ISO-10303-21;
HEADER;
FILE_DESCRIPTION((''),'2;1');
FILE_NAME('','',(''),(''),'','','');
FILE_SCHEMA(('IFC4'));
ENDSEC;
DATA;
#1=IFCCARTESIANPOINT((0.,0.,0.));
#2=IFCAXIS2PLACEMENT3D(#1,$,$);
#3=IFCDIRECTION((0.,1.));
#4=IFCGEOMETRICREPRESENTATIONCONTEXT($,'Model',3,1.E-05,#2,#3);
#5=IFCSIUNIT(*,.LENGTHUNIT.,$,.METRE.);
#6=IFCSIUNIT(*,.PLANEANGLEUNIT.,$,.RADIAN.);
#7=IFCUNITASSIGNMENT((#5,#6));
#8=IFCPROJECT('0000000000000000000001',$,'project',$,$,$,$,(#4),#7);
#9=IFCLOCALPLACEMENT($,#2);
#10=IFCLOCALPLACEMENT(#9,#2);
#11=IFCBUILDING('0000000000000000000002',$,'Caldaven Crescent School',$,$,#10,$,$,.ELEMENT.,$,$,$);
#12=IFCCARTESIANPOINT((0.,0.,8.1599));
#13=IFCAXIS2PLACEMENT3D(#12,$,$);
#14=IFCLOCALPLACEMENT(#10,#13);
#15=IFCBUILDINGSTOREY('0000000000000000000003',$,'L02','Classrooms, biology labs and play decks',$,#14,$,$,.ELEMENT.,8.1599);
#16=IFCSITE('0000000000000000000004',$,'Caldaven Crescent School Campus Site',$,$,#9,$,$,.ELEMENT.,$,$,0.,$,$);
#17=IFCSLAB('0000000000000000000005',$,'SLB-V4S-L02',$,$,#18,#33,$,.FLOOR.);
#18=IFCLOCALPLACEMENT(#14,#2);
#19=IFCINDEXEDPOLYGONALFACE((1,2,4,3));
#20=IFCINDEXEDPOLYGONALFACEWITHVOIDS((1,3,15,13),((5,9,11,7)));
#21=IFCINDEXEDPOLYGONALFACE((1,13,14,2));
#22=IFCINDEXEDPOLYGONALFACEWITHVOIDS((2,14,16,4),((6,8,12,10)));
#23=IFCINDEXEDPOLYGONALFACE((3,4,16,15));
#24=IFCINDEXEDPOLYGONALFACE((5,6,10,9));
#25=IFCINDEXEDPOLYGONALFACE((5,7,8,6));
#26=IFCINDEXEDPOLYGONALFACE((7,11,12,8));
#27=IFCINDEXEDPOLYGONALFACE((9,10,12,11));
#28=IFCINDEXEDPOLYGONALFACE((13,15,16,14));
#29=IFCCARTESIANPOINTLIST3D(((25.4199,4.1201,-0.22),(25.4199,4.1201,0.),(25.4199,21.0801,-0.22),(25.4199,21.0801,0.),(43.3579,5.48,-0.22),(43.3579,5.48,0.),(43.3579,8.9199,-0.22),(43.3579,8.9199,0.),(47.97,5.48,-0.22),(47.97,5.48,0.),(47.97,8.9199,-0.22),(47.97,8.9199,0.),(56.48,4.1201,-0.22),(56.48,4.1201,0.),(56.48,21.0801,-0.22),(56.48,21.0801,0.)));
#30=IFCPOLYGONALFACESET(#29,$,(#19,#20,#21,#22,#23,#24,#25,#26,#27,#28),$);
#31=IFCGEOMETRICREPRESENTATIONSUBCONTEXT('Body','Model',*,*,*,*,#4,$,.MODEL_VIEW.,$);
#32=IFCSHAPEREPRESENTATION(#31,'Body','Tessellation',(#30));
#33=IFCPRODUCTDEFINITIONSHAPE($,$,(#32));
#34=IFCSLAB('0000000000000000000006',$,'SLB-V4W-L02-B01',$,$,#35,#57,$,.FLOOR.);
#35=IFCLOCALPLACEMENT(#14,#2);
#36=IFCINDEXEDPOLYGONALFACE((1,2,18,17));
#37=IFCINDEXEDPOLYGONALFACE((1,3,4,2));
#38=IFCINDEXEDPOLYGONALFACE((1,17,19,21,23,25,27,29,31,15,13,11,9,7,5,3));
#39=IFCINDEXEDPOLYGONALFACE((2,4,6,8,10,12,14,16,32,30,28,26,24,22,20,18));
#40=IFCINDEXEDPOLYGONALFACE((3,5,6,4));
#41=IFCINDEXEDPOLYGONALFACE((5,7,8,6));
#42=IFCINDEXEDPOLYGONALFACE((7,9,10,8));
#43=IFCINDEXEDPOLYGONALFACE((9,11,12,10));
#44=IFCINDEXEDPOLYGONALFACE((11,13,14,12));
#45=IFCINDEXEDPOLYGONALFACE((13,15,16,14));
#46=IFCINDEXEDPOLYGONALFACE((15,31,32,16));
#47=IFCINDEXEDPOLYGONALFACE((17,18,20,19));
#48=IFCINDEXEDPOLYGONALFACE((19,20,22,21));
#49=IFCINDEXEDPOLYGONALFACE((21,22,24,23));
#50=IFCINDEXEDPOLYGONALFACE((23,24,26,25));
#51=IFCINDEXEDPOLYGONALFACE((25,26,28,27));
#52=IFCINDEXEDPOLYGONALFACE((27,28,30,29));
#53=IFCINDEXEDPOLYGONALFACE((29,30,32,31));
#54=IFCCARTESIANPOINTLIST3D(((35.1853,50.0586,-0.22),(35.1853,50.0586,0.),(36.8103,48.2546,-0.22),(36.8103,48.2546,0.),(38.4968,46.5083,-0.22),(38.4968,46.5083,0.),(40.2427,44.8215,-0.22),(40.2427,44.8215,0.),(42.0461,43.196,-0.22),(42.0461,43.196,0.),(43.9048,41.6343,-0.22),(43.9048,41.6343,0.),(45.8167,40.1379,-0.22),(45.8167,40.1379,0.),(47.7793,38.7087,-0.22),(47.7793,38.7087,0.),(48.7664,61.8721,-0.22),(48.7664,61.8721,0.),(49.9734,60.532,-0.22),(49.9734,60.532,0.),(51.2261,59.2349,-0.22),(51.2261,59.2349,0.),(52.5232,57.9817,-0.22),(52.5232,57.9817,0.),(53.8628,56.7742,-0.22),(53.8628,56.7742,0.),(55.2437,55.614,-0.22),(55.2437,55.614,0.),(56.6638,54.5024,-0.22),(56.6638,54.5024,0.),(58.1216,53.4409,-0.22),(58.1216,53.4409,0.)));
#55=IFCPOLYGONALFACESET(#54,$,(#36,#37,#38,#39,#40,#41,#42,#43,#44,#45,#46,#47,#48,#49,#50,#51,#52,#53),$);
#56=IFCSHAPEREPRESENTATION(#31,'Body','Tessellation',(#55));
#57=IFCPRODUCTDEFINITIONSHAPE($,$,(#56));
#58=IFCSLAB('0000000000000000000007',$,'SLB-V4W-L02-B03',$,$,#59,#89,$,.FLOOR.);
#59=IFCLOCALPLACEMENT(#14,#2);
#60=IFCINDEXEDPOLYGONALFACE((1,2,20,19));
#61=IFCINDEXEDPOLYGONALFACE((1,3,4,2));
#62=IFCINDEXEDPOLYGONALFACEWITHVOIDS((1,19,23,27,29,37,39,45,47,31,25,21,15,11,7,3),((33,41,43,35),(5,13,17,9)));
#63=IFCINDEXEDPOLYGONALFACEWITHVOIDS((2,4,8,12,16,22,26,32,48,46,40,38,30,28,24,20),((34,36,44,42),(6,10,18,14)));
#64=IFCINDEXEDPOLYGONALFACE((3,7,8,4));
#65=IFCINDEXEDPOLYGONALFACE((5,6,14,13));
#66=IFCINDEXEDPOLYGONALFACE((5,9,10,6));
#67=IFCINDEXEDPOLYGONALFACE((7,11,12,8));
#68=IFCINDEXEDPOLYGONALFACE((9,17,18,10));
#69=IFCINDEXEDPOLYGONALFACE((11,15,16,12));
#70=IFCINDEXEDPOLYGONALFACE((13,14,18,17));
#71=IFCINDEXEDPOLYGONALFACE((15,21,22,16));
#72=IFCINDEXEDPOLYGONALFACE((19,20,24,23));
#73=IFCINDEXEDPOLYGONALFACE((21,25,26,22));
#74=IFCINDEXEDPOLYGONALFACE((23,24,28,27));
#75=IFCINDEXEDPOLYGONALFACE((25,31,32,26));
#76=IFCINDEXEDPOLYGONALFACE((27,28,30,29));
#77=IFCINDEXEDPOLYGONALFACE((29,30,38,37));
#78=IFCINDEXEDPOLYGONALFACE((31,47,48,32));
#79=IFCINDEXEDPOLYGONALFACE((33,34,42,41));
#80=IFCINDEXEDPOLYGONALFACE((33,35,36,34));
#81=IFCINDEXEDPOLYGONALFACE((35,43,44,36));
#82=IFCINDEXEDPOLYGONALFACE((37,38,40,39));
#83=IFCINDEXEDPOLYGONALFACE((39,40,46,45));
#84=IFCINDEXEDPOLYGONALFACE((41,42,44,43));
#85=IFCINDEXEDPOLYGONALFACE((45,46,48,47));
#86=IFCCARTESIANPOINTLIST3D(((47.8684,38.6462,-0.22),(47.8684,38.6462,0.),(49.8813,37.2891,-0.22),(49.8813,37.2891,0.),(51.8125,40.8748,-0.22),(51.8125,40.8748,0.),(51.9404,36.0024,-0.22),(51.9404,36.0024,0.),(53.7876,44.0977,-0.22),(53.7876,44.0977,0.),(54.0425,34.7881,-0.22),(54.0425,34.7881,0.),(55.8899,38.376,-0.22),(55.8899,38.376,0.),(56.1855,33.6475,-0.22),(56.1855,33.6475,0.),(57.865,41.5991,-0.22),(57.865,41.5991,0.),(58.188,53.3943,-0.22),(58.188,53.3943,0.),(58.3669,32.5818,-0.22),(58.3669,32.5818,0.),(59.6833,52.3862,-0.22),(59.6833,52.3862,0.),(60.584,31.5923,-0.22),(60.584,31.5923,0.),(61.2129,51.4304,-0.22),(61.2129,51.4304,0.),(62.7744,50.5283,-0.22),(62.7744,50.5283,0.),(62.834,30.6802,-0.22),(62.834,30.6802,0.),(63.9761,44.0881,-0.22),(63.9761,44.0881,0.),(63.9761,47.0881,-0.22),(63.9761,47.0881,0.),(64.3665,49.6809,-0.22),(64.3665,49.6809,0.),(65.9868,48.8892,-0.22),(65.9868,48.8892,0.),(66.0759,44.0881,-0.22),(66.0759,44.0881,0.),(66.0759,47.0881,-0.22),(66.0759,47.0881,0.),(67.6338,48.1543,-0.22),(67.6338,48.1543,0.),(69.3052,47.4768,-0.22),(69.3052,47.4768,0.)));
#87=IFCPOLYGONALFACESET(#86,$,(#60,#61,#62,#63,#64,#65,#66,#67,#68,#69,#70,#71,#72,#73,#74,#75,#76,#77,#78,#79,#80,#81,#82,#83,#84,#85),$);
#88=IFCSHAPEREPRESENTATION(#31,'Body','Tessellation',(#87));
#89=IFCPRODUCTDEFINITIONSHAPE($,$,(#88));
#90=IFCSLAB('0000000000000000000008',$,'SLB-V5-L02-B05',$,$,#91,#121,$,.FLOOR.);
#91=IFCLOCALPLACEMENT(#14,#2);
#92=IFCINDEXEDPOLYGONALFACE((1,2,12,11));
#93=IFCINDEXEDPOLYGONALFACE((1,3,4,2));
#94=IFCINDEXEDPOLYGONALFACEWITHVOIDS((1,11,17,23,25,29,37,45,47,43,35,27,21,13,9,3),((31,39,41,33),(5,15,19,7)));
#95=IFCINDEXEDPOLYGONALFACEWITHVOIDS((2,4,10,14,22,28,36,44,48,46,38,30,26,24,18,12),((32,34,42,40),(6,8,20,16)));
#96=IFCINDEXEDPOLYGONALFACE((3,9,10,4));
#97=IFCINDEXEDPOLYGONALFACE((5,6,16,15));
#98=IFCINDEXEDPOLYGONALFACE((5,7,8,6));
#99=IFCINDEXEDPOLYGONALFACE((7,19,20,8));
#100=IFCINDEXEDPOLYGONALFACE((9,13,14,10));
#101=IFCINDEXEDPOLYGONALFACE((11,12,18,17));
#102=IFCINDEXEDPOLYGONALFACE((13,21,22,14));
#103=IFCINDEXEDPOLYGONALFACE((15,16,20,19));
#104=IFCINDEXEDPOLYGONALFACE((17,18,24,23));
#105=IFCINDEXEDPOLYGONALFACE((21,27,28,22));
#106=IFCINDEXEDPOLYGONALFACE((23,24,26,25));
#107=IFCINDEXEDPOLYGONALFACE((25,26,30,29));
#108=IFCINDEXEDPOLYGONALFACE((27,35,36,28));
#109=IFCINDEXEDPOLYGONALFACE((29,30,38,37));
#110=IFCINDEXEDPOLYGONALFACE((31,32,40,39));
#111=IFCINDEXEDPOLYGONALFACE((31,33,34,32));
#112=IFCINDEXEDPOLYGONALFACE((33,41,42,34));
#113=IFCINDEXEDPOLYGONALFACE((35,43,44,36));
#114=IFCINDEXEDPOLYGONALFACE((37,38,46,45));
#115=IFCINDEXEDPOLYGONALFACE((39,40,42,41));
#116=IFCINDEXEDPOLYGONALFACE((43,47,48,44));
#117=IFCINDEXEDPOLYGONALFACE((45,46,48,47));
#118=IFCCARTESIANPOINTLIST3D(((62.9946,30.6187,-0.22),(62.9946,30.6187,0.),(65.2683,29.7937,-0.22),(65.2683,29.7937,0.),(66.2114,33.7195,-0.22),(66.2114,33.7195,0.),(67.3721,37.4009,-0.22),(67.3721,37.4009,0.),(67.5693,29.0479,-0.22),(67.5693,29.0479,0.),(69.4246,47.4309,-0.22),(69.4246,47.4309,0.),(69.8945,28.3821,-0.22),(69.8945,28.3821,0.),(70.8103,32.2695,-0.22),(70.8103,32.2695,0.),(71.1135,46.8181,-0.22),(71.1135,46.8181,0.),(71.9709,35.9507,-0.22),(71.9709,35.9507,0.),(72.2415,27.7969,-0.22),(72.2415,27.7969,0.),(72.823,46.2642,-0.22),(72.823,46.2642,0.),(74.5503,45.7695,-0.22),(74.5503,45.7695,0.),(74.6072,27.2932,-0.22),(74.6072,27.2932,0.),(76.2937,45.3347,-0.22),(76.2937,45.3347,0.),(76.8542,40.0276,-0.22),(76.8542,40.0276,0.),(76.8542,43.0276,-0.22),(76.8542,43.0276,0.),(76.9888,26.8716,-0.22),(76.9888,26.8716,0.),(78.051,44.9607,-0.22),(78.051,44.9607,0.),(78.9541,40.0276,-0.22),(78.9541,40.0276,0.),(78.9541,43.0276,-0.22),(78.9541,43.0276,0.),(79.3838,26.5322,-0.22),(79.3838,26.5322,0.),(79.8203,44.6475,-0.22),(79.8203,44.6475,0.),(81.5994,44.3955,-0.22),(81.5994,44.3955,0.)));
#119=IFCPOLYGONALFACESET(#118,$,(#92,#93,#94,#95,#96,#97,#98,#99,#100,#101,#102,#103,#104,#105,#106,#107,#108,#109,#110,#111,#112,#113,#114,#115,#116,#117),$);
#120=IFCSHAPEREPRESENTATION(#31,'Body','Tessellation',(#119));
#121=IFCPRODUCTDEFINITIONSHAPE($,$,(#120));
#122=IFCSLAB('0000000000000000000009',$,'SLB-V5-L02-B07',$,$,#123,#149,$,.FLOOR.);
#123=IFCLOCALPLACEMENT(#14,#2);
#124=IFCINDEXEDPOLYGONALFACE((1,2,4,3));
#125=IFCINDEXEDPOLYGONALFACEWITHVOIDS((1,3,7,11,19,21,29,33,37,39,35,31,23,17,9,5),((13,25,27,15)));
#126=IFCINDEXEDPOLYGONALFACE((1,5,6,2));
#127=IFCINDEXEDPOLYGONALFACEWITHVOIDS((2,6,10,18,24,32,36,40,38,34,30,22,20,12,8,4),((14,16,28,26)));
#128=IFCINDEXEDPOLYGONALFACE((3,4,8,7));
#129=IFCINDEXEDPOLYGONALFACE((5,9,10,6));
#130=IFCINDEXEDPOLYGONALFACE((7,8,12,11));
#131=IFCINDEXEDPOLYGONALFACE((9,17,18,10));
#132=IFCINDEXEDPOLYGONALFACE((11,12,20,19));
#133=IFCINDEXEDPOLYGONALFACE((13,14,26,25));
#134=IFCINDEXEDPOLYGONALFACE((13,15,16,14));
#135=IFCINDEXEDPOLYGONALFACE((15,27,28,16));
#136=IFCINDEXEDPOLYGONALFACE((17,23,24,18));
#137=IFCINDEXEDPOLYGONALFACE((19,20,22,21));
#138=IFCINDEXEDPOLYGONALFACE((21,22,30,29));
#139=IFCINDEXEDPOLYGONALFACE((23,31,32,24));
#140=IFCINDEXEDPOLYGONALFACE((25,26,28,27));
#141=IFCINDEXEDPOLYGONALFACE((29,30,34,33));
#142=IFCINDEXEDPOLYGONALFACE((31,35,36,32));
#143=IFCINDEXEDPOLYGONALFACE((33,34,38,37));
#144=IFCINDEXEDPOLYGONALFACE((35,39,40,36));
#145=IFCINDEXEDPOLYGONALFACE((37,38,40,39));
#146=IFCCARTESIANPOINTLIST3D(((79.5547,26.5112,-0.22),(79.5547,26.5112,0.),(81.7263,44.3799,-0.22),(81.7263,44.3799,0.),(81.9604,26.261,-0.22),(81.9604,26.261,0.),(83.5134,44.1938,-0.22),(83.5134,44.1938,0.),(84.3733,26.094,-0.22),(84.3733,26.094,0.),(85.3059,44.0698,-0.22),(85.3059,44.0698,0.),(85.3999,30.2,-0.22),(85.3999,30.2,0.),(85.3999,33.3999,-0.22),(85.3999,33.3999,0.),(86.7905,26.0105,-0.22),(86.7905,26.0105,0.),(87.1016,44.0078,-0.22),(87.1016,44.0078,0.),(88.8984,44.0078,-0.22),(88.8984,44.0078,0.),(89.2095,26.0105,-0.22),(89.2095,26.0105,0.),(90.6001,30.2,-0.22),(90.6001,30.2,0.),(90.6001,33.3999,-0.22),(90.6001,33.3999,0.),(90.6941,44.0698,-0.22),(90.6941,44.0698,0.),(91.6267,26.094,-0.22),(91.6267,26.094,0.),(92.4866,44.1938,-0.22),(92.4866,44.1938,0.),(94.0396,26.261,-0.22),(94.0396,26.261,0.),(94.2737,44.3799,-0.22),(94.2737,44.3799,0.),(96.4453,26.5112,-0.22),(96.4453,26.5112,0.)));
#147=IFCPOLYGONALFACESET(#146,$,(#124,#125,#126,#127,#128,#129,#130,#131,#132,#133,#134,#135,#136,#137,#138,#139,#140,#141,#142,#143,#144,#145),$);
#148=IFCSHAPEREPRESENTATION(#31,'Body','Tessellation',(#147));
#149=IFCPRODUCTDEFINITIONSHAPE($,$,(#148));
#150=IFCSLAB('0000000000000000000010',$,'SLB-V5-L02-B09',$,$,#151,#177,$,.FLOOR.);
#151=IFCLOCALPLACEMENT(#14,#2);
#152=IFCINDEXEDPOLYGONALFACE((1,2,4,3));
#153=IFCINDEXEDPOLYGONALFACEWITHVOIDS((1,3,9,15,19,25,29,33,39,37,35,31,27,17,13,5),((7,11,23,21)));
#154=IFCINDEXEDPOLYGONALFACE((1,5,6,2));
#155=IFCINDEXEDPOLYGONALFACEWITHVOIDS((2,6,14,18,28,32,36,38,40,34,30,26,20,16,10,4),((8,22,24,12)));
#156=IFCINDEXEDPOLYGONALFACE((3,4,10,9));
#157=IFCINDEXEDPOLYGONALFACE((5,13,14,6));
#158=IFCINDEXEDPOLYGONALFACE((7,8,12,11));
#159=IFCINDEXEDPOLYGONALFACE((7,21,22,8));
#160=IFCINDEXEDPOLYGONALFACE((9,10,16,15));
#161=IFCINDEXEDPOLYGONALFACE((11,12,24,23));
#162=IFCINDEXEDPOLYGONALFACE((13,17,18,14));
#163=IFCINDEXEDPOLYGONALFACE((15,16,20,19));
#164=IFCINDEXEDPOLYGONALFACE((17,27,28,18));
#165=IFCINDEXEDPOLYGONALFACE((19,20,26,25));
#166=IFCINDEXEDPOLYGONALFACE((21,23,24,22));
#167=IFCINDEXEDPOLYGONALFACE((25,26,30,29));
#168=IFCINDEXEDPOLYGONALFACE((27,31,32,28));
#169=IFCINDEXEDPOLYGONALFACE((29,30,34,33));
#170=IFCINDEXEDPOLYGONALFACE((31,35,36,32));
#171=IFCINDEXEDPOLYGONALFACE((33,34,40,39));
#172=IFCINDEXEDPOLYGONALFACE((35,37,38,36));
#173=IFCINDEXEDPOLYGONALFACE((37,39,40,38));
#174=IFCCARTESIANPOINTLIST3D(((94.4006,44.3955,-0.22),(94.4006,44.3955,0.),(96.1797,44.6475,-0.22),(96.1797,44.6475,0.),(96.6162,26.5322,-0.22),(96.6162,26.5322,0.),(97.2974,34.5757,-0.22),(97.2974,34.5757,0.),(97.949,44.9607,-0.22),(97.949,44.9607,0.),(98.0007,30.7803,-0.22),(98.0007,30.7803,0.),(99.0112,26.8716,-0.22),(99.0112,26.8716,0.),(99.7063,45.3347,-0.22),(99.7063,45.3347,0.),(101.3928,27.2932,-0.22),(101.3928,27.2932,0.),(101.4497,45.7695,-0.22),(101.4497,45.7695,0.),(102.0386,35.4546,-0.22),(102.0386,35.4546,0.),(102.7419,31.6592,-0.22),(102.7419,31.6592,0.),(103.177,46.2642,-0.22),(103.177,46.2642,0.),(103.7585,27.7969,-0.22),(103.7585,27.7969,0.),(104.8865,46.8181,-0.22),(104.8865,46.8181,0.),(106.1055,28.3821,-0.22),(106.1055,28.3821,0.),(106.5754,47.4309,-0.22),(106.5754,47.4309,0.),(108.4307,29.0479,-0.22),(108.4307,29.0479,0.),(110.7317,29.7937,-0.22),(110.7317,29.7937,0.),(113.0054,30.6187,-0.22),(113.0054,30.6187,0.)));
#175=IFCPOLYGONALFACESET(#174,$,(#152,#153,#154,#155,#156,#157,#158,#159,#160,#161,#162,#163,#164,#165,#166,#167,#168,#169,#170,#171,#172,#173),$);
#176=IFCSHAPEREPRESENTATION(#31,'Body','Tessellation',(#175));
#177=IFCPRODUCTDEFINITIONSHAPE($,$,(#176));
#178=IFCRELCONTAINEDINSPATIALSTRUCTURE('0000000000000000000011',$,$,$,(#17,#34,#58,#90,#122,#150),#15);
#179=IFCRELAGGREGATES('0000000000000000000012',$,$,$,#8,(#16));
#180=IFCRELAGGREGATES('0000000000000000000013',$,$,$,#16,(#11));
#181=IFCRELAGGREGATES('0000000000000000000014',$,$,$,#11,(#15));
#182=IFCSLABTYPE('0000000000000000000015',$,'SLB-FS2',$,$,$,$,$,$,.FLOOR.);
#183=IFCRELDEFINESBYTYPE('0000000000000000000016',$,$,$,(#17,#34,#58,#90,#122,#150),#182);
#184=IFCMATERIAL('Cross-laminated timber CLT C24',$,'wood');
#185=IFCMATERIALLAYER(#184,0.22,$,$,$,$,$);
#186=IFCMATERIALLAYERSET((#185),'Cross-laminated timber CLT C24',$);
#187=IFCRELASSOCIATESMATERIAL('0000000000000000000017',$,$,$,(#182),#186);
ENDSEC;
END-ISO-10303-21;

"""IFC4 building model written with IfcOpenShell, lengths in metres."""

from ifc_helpers import new_model, si_unit, direction, frame, origin, place, context, subcontext, project, spatial, polyline, outline, extrude, material, layer, layer_set, type_object, element, save


model = new_model("IFC4")

# Units and contexts
model_context = context("Model", 3, precision=1e-05, world=origin(), true_north=direction((0.0, 1.0)))
body_context = subcontext(model_context, "Body", "Model", "MODEL_VIEW")
ifc_project = project(units=[si_unit("LENGTHUNIT", "METRE"), si_unit("PLANEANGLEUNIT", "RADIAN")], contexts=[model_context])

# Site, building, storey
site_placement = place(None, origin())
site = spatial("IfcSite", under=ifc_project, at=site_placement, Name="Caldaven Crescent School Campus Site", CompositionType="ELEMENT", RefElevation=0.0)
building_placement = place(site_placement, origin())
building = spatial("IfcBuilding", under=site, at=building_placement, Name="Caldaven Crescent School", CompositionType="ELEMENT")
storey_placement = place(building_placement, frame((0.0, 0.0, 8.1599)))
storey = spatial("IfcBuildingStorey", under=building, at=storey_placement, Name="L02", Description="Classrooms, biology labs and play decks", CompositionType="ELEMENT", Elevation=8.1599)

# Slabs
ifc_material_1 = material(Name="Cross-laminated timber CLT C24", Category="wood")
ifc_layer_1 = layer(ifc_material_1, 0.22)
ifc_layer_set_1 = layer_set([ifc_layer_1], Name="Cross-laminated timber CLT C24")
slab_type_1 = type_object("IfcSlabType", Name="SLB-FS2", PredefinedType="FLOOR", material=ifc_layer_set_1)
slab_1_placement = place(storey_placement, frame((0.0, 0.0, -0.22)))
element("IfcSlab", 1, at=slab_1_placement, inside=storey, type_object=slab_type_1, Name="SLB-V4S-L02", PredefinedType="FLOOR", context=body_context, shape_type="SweptSolid", body=[
    extrude(outline(polyline([(25.4199, 4.1201), (56.48, 4.1201), (56.48, 21.0801), (25.4199, 21.0801), (25.4199, 4.1201)]), holes=[polyline([(43.3579, 5.48), (43.3579, 8.9199), (47.97, 8.9199), (47.97, 5.48), (43.3579, 5.48)])]), origin(), (0.0, 0.0, 1.0), 0.22),
])
slab_2_placement = place(storey_placement, frame((0.0, 0.0, -0.22)))
element("IfcSlab", 2, at=slab_2_placement, inside=storey, type_object=slab_type_1, Name="SLB-V4W-L02-B01", PredefinedType="FLOOR", context=body_context, shape_type="SweptSolid", body=[
    extrude(outline(polyline([(35.1853, 50.0586), (36.8103, 48.2546), (38.4968, 46.5083), (40.2427, 44.8215), (42.0461, 43.196), (43.9048, 41.6343), (45.8167, 40.1379), (47.7793, 38.7087), (58.1216, 53.4409), (56.6638, 54.5024), (55.2437, 55.614), (53.8628, 56.7742), (52.5232, 57.9817), (51.2261, 59.2349), (49.9734, 60.532), (48.7664, 61.8721), (35.1853, 50.0586)])), origin(), (0.0, 0.0, 1.0), 0.22),
])
slab_3_placement = place(storey_placement, frame((0.0, 0.0, -0.22)))
element("IfcSlab", 3, at=slab_3_placement, inside=storey, type_object=slab_type_1, Name="SLB-V4W-L02-B03", PredefinedType="FLOOR", context=body_context, shape_type="SweptSolid", body=[
    extrude(outline(polyline([(47.8684, 38.6462), (49.8813, 37.2891), (51.9404, 36.0024), (54.0425, 34.7881), (56.1855, 33.6475), (58.3669, 32.5818), (60.584, 31.5923), (62.834, 30.6802), (69.3052, 47.4768), (67.6338, 48.1543), (65.9868, 48.8892), (64.3665, 49.6809), (62.7744, 50.5283), (61.2129, 51.4304), (59.6833, 52.3862), (58.188, 53.3943), (47.8684, 38.6462)]), holes=[polyline([(63.9761, 44.0881), (63.9761, 47.0881), (66.0759, 47.0881), (66.0759, 44.0881), (63.9761, 44.0881)]), polyline([(51.8125, 40.8748), (53.7876, 44.0977), (57.865, 41.5991), (55.8899, 38.376), (51.8125, 40.8748)])]), origin(), (0.0, 0.0, 1.0), 0.22),
])
slab_4_placement = place(storey_placement, frame((0.0, 0.0, -0.22)))
element("IfcSlab", 4, at=slab_4_placement, inside=storey, type_object=slab_type_1, Name="SLB-V5-L02-B05", PredefinedType="FLOOR", context=body_context, shape_type="SweptSolid", body=[
    extrude(outline(polyline([(62.9946, 30.6187), (65.2683, 29.7937), (67.5693, 29.0479), (69.8945, 28.3821), (72.2415, 27.7969), (74.6072, 27.2932), (76.9888, 26.8716), (79.3838, 26.5322), (81.5994, 44.3955), (79.8203, 44.6475), (78.051, 44.9607), (76.2937, 45.3347), (74.5503, 45.7695), (72.823, 46.2642), (71.1135, 46.8181), (69.4246, 47.4309), (62.9946, 30.6187)]), holes=[polyline([(76.8542, 40.0276), (76.8542, 43.0276), (78.9541, 43.0276), (78.9541, 40.0276), (76.8542, 40.0276)]), polyline([(66.2114, 33.7195), (67.3721, 37.4009), (71.9709, 35.9507), (70.8103, 32.2695), (66.2114, 33.7195)])]), origin(), (0.0, 0.0, 1.0), 0.22),
])
slab_5_placement = place(storey_placement, frame((0.0, 0.0, -0.22)))
element("IfcSlab", 5, at=slab_5_placement, inside=storey, type_object=slab_type_1, Name="SLB-V5-L02-B07", PredefinedType="FLOOR", context=body_context, shape_type="SweptSolid", body=[
    extrude(outline(polyline([(79.5547, 26.5112), (81.9604, 26.261), (84.3733, 26.094), (86.7905, 26.0105), (89.2095, 26.0105), (91.6267, 26.094), (94.0396, 26.261), (96.4453, 26.5112), (94.2737, 44.3799), (92.4866, 44.1938), (90.6941, 44.0698), (88.8984, 44.0078), (87.1016, 44.0078), (85.3059, 44.0698), (83.5134, 44.1938), (81.7263, 44.3799), (79.5547, 26.5112)]), holes=[polyline([(85.3999, 30.2), (85.3999, 33.3999), (90.6001, 33.3999), (90.6001, 30.2), (85.3999, 30.2)])]), origin(), (0.0, 0.0, 1.0), 0.22),
])
slab_6_placement = place(storey_placement, frame((0.0, 0.0, -0.22)))
element("IfcSlab", 6, at=slab_6_placement, inside=storey, type_object=slab_type_1, Name="SLB-V5-L02-B09", PredefinedType="FLOOR", context=body_context, shape_type="SweptSolid", body=[
    extrude(outline(polyline([(96.6162, 26.5322), (99.0112, 26.8716), (101.3928, 27.2932), (103.7585, 27.7969), (106.1055, 28.3821), (108.4307, 29.0479), (110.7317, 29.7937), (113.0054, 30.6187), (106.5754, 47.4309), (104.8865, 46.8181), (103.177, 46.2642), (101.4497, 45.7695), (99.7063, 45.3347), (97.949, 44.9607), (96.1797, 44.6475), (94.4006, 44.3955), (96.6162, 26.5322)]), holes=[polyline([(98.0007, 30.7803), (97.2974, 34.5757), (102.0386, 35.4546), (102.7419, 31.6592), (98.0007, 30.7803)])]), origin(), (0.0, 0.0, 1.0), 0.22),
])

save(model, "model.ifc")
